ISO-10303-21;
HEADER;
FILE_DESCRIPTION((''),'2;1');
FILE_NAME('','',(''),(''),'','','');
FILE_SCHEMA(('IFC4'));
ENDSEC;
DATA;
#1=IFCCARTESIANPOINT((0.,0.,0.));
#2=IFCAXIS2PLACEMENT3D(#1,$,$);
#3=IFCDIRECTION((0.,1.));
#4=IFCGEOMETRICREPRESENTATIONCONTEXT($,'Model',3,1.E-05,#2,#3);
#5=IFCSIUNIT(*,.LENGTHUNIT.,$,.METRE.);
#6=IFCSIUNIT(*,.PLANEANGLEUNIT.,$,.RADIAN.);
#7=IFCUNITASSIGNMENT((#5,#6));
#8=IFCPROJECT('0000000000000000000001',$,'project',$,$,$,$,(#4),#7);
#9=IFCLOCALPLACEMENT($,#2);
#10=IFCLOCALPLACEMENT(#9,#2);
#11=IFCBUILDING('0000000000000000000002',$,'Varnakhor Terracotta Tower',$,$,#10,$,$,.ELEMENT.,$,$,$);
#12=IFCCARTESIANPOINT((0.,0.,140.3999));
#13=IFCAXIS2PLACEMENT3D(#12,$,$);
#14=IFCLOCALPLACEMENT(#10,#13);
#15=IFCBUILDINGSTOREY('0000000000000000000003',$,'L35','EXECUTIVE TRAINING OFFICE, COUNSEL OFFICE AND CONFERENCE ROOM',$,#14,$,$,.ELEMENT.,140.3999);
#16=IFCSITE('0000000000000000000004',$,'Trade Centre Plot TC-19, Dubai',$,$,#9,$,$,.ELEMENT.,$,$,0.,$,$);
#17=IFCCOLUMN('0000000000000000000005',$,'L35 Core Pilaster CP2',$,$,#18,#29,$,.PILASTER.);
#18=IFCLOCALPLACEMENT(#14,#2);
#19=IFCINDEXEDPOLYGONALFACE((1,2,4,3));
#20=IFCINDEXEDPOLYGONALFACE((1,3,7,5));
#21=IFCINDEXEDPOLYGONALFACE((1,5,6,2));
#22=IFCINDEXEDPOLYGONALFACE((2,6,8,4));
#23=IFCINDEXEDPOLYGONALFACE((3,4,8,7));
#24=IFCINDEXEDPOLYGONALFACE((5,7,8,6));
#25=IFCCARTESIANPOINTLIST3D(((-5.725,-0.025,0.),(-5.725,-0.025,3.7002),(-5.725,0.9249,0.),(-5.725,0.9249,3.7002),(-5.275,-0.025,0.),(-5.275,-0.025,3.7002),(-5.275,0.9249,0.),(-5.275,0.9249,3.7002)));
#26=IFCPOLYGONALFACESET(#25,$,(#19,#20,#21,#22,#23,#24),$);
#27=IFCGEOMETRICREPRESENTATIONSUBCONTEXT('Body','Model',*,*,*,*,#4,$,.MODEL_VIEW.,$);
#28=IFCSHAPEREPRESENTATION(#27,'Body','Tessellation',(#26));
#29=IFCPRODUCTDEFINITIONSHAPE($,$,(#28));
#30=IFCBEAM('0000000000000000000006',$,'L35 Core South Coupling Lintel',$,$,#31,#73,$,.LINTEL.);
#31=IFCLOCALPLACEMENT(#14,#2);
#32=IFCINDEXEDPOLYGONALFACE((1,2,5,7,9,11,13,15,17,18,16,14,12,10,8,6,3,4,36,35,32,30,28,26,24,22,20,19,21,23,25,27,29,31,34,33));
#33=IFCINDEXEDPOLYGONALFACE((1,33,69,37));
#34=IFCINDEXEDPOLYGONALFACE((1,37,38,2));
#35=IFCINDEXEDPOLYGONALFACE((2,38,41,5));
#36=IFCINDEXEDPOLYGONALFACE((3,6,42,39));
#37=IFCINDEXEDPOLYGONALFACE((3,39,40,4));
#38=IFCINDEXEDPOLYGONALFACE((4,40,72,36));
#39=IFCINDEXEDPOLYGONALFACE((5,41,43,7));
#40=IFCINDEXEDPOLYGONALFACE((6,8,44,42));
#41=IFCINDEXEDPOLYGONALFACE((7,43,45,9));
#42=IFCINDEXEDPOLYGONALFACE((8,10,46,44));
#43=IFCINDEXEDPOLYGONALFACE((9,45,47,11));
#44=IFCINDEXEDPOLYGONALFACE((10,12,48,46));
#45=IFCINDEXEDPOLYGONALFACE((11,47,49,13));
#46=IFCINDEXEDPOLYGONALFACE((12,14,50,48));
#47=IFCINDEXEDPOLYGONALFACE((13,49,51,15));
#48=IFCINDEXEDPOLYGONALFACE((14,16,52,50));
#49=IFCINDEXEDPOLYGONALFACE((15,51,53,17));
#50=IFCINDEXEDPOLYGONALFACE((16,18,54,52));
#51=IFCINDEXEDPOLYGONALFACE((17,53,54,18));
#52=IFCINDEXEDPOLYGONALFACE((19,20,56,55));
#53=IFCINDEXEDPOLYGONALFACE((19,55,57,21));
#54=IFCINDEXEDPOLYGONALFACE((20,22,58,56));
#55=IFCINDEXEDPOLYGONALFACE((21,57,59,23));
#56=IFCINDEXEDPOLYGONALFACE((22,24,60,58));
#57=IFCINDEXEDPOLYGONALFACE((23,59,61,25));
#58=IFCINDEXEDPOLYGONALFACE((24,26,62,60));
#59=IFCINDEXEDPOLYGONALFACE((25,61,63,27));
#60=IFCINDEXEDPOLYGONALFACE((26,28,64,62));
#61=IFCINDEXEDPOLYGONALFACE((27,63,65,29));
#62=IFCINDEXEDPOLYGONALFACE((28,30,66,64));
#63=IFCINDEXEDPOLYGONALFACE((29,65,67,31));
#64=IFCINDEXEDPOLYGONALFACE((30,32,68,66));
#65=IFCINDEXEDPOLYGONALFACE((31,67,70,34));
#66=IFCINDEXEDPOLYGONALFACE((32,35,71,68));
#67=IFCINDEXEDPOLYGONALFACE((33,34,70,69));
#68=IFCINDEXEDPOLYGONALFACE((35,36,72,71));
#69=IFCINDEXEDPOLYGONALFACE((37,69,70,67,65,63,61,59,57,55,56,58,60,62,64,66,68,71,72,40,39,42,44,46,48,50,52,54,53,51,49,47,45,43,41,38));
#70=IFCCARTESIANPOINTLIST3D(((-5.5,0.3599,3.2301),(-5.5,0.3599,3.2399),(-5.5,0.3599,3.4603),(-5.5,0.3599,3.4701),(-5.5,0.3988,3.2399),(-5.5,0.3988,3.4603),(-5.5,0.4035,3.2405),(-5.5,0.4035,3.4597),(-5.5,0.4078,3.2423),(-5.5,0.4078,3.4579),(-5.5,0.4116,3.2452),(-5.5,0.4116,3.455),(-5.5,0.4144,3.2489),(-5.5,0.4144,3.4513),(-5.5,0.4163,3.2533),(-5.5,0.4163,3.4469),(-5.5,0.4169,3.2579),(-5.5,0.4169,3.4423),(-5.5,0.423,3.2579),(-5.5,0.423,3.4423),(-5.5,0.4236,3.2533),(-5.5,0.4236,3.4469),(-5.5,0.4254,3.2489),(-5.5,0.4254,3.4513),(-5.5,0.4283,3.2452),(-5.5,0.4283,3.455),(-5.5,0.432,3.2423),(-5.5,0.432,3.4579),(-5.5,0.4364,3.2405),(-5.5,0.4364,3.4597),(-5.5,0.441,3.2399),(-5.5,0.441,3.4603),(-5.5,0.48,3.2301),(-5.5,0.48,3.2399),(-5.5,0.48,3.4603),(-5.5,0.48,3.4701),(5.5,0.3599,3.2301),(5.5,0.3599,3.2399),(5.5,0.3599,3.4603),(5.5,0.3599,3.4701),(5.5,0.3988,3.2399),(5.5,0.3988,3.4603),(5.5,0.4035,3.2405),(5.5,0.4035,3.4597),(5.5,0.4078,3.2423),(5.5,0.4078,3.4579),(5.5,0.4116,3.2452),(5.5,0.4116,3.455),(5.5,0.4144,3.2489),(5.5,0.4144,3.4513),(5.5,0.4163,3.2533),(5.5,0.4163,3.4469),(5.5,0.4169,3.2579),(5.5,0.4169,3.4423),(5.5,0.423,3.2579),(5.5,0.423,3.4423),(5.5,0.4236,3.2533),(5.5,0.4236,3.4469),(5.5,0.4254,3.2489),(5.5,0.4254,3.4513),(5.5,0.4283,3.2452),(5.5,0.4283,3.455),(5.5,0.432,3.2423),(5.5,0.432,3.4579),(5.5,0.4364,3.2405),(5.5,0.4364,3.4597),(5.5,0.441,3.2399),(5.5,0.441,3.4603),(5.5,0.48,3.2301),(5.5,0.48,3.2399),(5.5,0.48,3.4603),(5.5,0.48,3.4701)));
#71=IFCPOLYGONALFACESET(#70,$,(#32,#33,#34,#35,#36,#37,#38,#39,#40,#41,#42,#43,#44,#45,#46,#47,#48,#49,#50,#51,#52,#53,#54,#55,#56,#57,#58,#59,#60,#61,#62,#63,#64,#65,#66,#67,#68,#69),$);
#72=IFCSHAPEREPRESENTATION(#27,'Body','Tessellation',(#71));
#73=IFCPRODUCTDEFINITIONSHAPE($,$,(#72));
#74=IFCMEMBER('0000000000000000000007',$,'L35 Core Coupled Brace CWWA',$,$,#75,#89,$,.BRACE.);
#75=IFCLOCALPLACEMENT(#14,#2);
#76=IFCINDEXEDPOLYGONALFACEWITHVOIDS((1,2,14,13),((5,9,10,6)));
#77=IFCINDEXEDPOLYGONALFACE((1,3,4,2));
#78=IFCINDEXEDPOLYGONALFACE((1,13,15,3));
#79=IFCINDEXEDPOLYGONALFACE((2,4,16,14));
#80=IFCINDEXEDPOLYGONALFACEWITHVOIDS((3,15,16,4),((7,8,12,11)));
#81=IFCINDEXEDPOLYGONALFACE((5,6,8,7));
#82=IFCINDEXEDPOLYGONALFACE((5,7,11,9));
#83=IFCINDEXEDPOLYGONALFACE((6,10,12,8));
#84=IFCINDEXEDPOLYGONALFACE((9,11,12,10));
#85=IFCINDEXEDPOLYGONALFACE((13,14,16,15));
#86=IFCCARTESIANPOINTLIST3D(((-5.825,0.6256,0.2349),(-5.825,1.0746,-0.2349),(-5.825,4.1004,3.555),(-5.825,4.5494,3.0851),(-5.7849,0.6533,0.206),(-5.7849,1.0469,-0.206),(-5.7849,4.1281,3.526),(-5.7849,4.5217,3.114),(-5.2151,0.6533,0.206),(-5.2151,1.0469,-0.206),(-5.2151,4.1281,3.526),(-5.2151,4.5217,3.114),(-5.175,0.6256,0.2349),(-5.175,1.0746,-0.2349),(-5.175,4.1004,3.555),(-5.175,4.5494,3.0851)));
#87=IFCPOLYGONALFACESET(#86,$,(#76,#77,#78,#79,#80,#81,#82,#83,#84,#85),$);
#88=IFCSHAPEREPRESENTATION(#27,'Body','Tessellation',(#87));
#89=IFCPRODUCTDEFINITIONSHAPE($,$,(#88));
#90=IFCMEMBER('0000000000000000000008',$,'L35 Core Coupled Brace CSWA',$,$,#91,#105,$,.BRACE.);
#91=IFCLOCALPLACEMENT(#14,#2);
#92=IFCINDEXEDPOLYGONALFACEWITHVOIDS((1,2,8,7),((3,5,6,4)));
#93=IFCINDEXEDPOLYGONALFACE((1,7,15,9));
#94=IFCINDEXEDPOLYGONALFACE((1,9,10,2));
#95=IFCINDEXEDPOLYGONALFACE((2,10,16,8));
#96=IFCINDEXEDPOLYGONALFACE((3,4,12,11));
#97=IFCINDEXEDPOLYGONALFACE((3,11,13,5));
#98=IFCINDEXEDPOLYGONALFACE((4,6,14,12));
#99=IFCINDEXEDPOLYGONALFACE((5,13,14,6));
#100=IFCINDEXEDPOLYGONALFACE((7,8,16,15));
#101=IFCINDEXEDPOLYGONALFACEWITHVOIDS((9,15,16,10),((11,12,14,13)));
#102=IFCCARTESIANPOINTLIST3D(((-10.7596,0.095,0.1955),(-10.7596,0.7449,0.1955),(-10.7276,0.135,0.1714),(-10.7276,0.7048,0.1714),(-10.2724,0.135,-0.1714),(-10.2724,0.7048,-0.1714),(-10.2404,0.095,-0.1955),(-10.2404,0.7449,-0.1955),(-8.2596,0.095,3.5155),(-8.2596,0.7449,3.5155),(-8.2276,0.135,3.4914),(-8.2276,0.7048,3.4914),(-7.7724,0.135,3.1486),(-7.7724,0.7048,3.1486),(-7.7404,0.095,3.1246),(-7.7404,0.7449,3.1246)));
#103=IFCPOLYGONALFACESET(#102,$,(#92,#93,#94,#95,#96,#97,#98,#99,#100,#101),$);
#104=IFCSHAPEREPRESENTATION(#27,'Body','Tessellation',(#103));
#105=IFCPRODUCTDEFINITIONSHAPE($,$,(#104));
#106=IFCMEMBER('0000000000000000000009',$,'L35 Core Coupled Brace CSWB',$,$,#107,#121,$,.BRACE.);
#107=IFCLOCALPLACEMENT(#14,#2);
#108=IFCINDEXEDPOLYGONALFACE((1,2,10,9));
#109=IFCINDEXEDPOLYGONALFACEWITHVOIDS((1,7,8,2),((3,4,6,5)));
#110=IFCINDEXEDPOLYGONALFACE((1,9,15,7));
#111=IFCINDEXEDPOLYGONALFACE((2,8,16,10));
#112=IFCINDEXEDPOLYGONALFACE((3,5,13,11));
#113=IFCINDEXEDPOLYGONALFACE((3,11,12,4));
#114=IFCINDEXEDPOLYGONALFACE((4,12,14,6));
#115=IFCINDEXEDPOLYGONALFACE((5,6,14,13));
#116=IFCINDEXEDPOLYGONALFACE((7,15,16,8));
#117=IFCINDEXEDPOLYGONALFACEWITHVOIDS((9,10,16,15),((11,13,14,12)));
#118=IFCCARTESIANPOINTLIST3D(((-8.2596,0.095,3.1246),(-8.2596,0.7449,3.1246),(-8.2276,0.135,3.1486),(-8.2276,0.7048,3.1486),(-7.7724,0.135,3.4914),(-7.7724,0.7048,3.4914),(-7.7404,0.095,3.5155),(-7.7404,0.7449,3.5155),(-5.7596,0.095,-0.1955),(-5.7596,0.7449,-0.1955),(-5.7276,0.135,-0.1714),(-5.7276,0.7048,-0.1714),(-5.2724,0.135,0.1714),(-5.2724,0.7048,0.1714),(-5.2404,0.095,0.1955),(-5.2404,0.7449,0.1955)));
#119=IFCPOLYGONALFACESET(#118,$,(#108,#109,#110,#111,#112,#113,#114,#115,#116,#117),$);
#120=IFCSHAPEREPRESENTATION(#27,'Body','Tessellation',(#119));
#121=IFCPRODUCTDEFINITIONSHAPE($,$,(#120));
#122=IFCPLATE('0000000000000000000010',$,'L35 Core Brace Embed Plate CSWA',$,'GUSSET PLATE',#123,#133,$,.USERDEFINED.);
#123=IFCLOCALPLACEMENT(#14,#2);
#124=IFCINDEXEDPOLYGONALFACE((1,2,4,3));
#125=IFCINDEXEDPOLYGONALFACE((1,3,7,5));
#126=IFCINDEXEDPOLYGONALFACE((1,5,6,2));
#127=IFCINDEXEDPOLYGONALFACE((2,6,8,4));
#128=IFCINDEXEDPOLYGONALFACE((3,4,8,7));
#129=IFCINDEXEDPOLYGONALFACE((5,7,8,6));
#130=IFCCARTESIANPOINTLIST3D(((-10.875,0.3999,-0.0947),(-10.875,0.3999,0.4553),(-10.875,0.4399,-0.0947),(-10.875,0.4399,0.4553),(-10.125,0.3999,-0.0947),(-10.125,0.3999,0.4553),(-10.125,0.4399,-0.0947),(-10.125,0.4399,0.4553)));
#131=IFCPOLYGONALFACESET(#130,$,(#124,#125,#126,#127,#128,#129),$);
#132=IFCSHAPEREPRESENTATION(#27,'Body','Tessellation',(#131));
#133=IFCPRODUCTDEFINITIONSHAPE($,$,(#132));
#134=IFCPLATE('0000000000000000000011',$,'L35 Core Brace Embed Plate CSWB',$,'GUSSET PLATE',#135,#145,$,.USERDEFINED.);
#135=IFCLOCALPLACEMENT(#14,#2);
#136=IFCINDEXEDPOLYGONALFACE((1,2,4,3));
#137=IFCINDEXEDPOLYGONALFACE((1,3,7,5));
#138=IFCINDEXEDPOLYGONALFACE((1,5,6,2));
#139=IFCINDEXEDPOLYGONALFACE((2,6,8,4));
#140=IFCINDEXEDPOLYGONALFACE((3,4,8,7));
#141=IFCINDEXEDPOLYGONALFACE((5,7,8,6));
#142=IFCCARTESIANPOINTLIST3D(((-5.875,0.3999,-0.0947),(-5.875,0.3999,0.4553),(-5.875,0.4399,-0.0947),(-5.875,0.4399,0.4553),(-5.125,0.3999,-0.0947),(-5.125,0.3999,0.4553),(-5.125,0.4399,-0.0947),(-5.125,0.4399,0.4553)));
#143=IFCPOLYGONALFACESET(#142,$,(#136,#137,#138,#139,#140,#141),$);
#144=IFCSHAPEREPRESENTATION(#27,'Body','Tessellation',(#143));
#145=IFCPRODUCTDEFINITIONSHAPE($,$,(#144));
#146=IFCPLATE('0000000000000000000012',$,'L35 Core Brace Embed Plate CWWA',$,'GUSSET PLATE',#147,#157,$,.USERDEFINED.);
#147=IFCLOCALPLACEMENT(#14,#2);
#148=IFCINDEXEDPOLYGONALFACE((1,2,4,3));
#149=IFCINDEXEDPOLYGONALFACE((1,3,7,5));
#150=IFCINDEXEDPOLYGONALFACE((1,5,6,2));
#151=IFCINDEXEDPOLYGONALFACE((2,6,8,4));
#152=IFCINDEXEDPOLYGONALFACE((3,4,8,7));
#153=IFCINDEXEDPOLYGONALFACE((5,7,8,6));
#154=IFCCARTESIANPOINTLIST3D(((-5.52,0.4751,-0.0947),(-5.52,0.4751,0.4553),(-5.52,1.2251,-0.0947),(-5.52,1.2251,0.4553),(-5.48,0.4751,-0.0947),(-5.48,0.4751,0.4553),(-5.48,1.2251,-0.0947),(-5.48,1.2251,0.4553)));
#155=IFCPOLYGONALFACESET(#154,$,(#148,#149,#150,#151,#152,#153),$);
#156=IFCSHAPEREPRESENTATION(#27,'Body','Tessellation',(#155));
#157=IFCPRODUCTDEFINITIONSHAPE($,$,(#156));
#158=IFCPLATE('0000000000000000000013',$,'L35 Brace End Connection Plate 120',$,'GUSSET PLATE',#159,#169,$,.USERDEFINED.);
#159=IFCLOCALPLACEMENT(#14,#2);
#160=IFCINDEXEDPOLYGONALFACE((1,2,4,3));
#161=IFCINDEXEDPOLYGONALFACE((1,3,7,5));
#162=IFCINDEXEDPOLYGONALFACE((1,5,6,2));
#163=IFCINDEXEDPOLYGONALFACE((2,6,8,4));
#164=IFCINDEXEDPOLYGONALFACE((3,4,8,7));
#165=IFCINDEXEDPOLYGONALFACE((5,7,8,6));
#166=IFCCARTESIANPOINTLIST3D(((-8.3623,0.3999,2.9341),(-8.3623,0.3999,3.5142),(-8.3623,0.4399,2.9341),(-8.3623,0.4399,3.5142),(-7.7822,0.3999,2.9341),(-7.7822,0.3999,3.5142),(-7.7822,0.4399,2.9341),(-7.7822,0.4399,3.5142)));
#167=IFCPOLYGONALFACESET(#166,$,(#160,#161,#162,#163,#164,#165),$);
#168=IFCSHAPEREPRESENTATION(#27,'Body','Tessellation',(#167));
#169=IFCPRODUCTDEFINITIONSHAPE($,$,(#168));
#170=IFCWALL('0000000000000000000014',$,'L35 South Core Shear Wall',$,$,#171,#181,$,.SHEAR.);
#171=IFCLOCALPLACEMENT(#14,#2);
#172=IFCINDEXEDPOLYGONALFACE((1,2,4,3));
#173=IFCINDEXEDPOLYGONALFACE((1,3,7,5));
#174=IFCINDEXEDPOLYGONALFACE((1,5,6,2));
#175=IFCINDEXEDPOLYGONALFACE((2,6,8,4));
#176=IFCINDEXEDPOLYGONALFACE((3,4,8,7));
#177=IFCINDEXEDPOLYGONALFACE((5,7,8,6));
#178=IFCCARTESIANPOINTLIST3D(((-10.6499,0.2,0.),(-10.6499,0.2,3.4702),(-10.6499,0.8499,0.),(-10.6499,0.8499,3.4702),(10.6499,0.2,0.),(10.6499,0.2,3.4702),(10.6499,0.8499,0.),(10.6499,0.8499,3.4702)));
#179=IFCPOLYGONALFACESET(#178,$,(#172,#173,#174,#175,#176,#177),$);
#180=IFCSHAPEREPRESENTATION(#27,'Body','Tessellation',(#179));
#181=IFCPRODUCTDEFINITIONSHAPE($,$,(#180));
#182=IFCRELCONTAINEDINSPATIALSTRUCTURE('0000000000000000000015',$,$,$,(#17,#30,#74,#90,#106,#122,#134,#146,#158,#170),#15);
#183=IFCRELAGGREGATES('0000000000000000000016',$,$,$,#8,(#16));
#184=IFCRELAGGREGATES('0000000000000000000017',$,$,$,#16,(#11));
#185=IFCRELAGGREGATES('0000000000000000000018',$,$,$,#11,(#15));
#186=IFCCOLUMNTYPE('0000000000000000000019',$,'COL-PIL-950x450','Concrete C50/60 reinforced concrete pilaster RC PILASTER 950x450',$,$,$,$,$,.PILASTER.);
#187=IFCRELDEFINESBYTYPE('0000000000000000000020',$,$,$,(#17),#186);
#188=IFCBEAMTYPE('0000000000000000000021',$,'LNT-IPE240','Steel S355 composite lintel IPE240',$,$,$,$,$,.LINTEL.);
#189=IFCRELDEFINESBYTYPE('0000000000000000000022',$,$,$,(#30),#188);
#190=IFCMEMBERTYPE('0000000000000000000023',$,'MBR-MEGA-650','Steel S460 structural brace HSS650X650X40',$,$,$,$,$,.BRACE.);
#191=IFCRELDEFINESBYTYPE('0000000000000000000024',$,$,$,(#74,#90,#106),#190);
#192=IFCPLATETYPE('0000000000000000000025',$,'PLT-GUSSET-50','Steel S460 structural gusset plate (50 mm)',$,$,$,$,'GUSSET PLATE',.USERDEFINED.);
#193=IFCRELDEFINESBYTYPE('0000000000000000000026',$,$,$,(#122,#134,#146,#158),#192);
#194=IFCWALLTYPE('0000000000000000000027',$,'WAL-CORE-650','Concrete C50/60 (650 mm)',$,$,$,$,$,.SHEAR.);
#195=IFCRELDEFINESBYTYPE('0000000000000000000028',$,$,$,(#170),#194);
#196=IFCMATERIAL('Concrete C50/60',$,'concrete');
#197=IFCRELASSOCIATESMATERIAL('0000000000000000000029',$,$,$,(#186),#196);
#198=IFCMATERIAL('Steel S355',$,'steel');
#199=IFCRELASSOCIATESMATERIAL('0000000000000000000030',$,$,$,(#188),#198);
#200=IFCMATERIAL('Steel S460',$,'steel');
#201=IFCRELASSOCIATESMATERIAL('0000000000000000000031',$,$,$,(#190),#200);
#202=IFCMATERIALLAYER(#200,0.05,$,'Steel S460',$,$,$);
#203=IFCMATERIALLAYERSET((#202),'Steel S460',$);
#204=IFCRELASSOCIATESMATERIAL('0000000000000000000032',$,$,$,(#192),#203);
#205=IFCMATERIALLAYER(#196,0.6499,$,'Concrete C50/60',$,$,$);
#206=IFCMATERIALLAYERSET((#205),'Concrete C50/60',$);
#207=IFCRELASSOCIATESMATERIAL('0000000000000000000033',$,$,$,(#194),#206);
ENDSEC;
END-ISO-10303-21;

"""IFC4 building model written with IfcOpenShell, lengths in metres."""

from ifc_helpers import new_model, si_unit, direction, frame, frame_2d, origin, origin_2d, place, context, subcontext, project, spatial, rectangle, hollow_rectangle, i_section, extrude, source, transform, mapped, material, layer, layer_set, material_profile, profile_set, type_object, type_shapes, element, save


model = new_model("IFC4")

# Units and contexts
model_context = context("Model", 3, precision=1e-05, world=origin(), true_north=direction((0.0, 1.0)))
body_context = subcontext(model_context, "Body", "Model", "MODEL_VIEW")
ifc_project = project(units=[si_unit("LENGTHUNIT", "METRE"), si_unit("PLANEANGLEUNIT", "RADIAN")], contexts=[model_context])

# Site, building, storey
site_placement = place(None, origin())
site = spatial("IfcSite", under=ifc_project, at=site_placement, Name="Trade Centre Plot TC-19, Dubai", CompositionType="ELEMENT", RefElevation=0.0)
building_placement = place(site_placement, origin())
building = spatial("IfcBuilding", under=site, at=building_placement, Name="Varnakhor Terracotta Tower", CompositionType="ELEMENT")
storey_placement = place(building_placement, frame((0.0, 0.0, 140.3999)))
storey = spatial("IfcBuildingStorey", under=building, at=storey_placement, Name="L35", Description="EXECUTIVE TRAINING OFFICE, COUNSEL OFFICE AND CONFERENCE ROOM", CompositionType="ELEMENT", Elevation=140.3999)

# Column
ifc_material_1 = material(Name="Concrete C50/60", Category="concrete")
ifc_material_profile_1 = material_profile(ifc_material_1, rectangle(XDim=0.45, YDim=0.95, at=origin_2d()), Name="RC PILASTER 950x450")
ifc_profile_set_1 = profile_set([ifc_material_profile_1], Name="Concrete C50/60")
column_type = type_object("IfcColumnType", Name="COL-PIL-950x450", Description="Concrete C50/60 reinforced concrete pilaster RC PILASTER 950x450", PredefinedType="PILASTER", material=ifc_profile_set_1)
shared_shape_1 = source(origin(), body_context, "Body", "SweptSolid", [
    extrude(rectangle(XDim=0.45, YDim=0.95, at=origin_2d()), origin(), (0.0, 0.0, 1.0), 3.7002),
])
column_placement = place(storey_placement, frame((-5.5, 0.45, 0.0), z_axis=(0.0, 0.0, 1.0), x_axis=(1.0, 0.0, 0.0)))
element("IfcColumn", 1, at=column_placement, inside=storey, type_object=column_type, Name="L35 Core Pilaster CP2", PredefinedType="PILASTER", context=body_context, shape_type="MappedRepresentation", body=[
    mapped(shared_shape_1, transform((0.0, 0.0, 0.0), scale=1.0)),
])

# Beam
ifc_material_2 = material(Name="Steel S355", Category="steel")
ifc_material_profile_2 = material_profile(ifc_material_2, i_section(OverallWidth=0.1201, OverallDepth=0.24, WebThickness=0.0061, FlangeThickness=0.0098, FilletRadius=0.0181, at=origin_2d()), Name="IPE240")
ifc_profile_set_2 = profile_set([ifc_material_profile_2], Name="Steel S355")
beam_type = type_object("IfcBeamType", Name="LNT-IPE240", Description="Steel S355 composite lintel IPE240", PredefinedType="LINTEL", material=ifc_profile_set_2)
shared_shape_2 = source(origin(), body_context, "Body", "SweptSolid", [
    extrude(i_section(OverallWidth=0.1201, OverallDepth=0.24, WebThickness=0.0061, FlangeThickness=0.0098, FilletRadius=0.0181, at=origin_2d()), origin(), (0.0, 0.0, 1.0), 11.0),
])
type_shapes(beam_type, [shared_shape_2])
beam_placement = place(storey_placement, frame((-5.5, 0.4199, 3.3501), z_axis=(1.0, 0.0, 0.0), x_axis=(0.0, 1.0, 0.0)))
element("IfcBeam", 2, at=beam_placement, inside=storey, type_object=beam_type, Name="L35 Core South Coupling Lintel", PredefinedType="LINTEL", context=body_context, shape_type="MappedRepresentation", body=[
    mapped(shared_shape_2, transform((0.0, 0.0, 0.0), scale=1.0)),
])

# Members
ifc_material_3 = material(Name="Steel S460", Category="steel")
ifc_material_profile_3 = material_profile(ifc_material_3, hollow_rectangle(XDim=0.6499, YDim=0.6499, WallThickness=0.04, at=origin_2d()), Name="HSS650X650X40")
ifc_profile_set_3 = profile_set([ifc_material_profile_3], Name="Steel S460")
member_type = type_object("IfcMemberType", Name="MBR-MEGA-650", Description="Steel S460 structural brace HSS650X650X40", PredefinedType="BRACE", material=ifc_profile_set_3)
shared_shape_3 = source(origin(), body_context, "Body", "SweptSolid", [
    extrude(hollow_rectangle(XDim=0.6499, YDim=0.6499, WallThickness=0.04, at=origin_2d()), origin(), (0.0, 0.0, 1.0), 4.8059),
])
member_placement = place(storey_placement, frame((-5.5, 0.8501, 0.0), z_axis=(0.0, 0.723027, 0.69082), x_axis=(-1.0, 0.0, 0.0)))
element("IfcMember", 3, at=member_placement, inside=storey, type_object=member_type, Name="L35 Core Coupled Brace CWWA", PredefinedType="BRACE", context=body_context, shape_type="MappedRepresentation", body=[
    mapped(shared_shape_3, transform((0.0, 0.0, 0.0), scale=1.0)),
])
shared_shape_4 = source(origin(), body_context, "Body", "SweptSolid", [
    extrude(hollow_rectangle(XDim=0.6499, YDim=0.6499, WallThickness=0.04, at=origin_2d()), origin(), (0.0, 0.0, 1.0), 4.156),
])
for number, where, z_axis, x_axis, name in (
    (4, (-10.5, 0.4199, 0.0), (0.601531, 0.0, 0.79885), (0.0, 1.0, 0.0), "L35 Core Coupled Brace CSWA"),
    (5, (-5.5, 0.4199, 0.0), (-0.601531, 0.0, 0.79885), (0.0, -1.0, 0.0), "L35 Core Coupled Brace CSWB"),
):
    element("IfcMember", number, at=place(storey_placement, frame(where, z_axis=z_axis, x_axis=x_axis)), inside=storey, type_object=member_type, Name=name, PredefinedType="BRACE", context=body_context, shape_type="MappedRepresentation", body=[
        mapped(shared_shape_4, transform((0.0, 0.0, 0.0), scale=1.0)),
    ])

# Plates
ifc_layer_1 = layer(ifc_material_3, 0.05, Name="Steel S460")
ifc_layer_set_1 = layer_set([ifc_layer_1], Name="Steel S460")
plate_type = type_object("IfcPlateType", Name="PLT-GUSSET-50", Description="Steel S460 structural gusset plate (50 mm)", ElementType="GUSSET PLATE", PredefinedType="USERDEFINED", material=ifc_layer_set_1)
shared_shape_5 = source(origin(), body_context, "Body", "SweptSolid", [
    extrude(rectangle(XDim=0.75, YDim=0.04, at=origin_2d()), origin(), (0.0, 0.0, 1.0), 0.55),
])
type_shapes(plate_type, [shared_shape_5])
for number, where, z_axis, x_axis, name in (
    (6, (-10.5, 0.4199, -0.0947), (0.0, 0.0, 1.0), (1.0, 0.0, 0.0), "L35 Core Brace Embed Plate CSWA"),
    (7, (-5.5, 0.4199, -0.0947), (0.0, 0.0, 1.0), (1.0, 0.0, 0.0), "L35 Core Brace Embed Plate CSWB"),
    (8, (-5.5, 0.8501, -0.0947), (0.0, 0.0, 1.0), (0.0, 1.0, 0.0), "L35 Core Brace Embed Plate CWWA"),
):
    element("IfcPlate", number, at=place(storey_placement, frame(where, z_axis=z_axis, x_axis=x_axis)), inside=storey, type_object=plate_type, Name=name, ObjectType="GUSSET PLATE", PredefinedType="USERDEFINED", context=body_context, shape_type="MappedRepresentation", body=[
        mapped(shared_shape_5, transform((0.0, 0.0, 0.0), scale=1.0)),
    ])
shared_shape_6 = source(origin(), body_context, "Body", "SweptSolid", [
    extrude(rectangle(XDim=0.5801, YDim=0.04, at=origin_2d()), origin(), (0.0, 0.0, 1.0), 0.5801),
])
plate_placement = place(storey_placement, frame((-8.0723, 0.4199, 2.9341), z_axis=(0.0, 0.0, 1.0), x_axis=(1.0, 0.0, 0.0)))
element("IfcPlate", 9, at=plate_placement, inside=storey, type_object=plate_type, Name="L35 Brace End Connection Plate 120", ObjectType="GUSSET PLATE", PredefinedType="USERDEFINED", context=body_context, shape_type="MappedRepresentation", body=[
    mapped(shared_shape_6, transform((0.0, 0.0, 0.0), scale=1.0)),
])

# Wall
ifc_layer_2 = layer(ifc_material_1, 0.6499, Name="Concrete C50/60")
ifc_layer_set_2 = layer_set([ifc_layer_2], Name="Concrete C50/60")
wall_type_1 = type_object("IfcWallType", Name="WAL-CORE-650", Description="Concrete C50/60 (650 mm)", PredefinedType="SHEAR", material=ifc_layer_set_2)
wall_1_placement = place(storey_placement, frame((-10.6499, 0.5249, 0.0), z_axis=(0.0, 0.0, 1.0), x_axis=(1.0, 0.0, 0.0)))
element("IfcWall", 10, at=wall_1_placement, inside=storey, type_object=wall_type_1, Name="L35 South Core Shear Wall", PredefinedType="SHEAR", context=body_context, shape_type="SweptSolid", body=[
    extrude(rectangle(XDim=21.2998, YDim=0.6499, at=frame_2d((10.6499, 0.0))), origin(), (0.0, 0.0, 1.0), 3.4702),
])

save(model, "model.ifc")
